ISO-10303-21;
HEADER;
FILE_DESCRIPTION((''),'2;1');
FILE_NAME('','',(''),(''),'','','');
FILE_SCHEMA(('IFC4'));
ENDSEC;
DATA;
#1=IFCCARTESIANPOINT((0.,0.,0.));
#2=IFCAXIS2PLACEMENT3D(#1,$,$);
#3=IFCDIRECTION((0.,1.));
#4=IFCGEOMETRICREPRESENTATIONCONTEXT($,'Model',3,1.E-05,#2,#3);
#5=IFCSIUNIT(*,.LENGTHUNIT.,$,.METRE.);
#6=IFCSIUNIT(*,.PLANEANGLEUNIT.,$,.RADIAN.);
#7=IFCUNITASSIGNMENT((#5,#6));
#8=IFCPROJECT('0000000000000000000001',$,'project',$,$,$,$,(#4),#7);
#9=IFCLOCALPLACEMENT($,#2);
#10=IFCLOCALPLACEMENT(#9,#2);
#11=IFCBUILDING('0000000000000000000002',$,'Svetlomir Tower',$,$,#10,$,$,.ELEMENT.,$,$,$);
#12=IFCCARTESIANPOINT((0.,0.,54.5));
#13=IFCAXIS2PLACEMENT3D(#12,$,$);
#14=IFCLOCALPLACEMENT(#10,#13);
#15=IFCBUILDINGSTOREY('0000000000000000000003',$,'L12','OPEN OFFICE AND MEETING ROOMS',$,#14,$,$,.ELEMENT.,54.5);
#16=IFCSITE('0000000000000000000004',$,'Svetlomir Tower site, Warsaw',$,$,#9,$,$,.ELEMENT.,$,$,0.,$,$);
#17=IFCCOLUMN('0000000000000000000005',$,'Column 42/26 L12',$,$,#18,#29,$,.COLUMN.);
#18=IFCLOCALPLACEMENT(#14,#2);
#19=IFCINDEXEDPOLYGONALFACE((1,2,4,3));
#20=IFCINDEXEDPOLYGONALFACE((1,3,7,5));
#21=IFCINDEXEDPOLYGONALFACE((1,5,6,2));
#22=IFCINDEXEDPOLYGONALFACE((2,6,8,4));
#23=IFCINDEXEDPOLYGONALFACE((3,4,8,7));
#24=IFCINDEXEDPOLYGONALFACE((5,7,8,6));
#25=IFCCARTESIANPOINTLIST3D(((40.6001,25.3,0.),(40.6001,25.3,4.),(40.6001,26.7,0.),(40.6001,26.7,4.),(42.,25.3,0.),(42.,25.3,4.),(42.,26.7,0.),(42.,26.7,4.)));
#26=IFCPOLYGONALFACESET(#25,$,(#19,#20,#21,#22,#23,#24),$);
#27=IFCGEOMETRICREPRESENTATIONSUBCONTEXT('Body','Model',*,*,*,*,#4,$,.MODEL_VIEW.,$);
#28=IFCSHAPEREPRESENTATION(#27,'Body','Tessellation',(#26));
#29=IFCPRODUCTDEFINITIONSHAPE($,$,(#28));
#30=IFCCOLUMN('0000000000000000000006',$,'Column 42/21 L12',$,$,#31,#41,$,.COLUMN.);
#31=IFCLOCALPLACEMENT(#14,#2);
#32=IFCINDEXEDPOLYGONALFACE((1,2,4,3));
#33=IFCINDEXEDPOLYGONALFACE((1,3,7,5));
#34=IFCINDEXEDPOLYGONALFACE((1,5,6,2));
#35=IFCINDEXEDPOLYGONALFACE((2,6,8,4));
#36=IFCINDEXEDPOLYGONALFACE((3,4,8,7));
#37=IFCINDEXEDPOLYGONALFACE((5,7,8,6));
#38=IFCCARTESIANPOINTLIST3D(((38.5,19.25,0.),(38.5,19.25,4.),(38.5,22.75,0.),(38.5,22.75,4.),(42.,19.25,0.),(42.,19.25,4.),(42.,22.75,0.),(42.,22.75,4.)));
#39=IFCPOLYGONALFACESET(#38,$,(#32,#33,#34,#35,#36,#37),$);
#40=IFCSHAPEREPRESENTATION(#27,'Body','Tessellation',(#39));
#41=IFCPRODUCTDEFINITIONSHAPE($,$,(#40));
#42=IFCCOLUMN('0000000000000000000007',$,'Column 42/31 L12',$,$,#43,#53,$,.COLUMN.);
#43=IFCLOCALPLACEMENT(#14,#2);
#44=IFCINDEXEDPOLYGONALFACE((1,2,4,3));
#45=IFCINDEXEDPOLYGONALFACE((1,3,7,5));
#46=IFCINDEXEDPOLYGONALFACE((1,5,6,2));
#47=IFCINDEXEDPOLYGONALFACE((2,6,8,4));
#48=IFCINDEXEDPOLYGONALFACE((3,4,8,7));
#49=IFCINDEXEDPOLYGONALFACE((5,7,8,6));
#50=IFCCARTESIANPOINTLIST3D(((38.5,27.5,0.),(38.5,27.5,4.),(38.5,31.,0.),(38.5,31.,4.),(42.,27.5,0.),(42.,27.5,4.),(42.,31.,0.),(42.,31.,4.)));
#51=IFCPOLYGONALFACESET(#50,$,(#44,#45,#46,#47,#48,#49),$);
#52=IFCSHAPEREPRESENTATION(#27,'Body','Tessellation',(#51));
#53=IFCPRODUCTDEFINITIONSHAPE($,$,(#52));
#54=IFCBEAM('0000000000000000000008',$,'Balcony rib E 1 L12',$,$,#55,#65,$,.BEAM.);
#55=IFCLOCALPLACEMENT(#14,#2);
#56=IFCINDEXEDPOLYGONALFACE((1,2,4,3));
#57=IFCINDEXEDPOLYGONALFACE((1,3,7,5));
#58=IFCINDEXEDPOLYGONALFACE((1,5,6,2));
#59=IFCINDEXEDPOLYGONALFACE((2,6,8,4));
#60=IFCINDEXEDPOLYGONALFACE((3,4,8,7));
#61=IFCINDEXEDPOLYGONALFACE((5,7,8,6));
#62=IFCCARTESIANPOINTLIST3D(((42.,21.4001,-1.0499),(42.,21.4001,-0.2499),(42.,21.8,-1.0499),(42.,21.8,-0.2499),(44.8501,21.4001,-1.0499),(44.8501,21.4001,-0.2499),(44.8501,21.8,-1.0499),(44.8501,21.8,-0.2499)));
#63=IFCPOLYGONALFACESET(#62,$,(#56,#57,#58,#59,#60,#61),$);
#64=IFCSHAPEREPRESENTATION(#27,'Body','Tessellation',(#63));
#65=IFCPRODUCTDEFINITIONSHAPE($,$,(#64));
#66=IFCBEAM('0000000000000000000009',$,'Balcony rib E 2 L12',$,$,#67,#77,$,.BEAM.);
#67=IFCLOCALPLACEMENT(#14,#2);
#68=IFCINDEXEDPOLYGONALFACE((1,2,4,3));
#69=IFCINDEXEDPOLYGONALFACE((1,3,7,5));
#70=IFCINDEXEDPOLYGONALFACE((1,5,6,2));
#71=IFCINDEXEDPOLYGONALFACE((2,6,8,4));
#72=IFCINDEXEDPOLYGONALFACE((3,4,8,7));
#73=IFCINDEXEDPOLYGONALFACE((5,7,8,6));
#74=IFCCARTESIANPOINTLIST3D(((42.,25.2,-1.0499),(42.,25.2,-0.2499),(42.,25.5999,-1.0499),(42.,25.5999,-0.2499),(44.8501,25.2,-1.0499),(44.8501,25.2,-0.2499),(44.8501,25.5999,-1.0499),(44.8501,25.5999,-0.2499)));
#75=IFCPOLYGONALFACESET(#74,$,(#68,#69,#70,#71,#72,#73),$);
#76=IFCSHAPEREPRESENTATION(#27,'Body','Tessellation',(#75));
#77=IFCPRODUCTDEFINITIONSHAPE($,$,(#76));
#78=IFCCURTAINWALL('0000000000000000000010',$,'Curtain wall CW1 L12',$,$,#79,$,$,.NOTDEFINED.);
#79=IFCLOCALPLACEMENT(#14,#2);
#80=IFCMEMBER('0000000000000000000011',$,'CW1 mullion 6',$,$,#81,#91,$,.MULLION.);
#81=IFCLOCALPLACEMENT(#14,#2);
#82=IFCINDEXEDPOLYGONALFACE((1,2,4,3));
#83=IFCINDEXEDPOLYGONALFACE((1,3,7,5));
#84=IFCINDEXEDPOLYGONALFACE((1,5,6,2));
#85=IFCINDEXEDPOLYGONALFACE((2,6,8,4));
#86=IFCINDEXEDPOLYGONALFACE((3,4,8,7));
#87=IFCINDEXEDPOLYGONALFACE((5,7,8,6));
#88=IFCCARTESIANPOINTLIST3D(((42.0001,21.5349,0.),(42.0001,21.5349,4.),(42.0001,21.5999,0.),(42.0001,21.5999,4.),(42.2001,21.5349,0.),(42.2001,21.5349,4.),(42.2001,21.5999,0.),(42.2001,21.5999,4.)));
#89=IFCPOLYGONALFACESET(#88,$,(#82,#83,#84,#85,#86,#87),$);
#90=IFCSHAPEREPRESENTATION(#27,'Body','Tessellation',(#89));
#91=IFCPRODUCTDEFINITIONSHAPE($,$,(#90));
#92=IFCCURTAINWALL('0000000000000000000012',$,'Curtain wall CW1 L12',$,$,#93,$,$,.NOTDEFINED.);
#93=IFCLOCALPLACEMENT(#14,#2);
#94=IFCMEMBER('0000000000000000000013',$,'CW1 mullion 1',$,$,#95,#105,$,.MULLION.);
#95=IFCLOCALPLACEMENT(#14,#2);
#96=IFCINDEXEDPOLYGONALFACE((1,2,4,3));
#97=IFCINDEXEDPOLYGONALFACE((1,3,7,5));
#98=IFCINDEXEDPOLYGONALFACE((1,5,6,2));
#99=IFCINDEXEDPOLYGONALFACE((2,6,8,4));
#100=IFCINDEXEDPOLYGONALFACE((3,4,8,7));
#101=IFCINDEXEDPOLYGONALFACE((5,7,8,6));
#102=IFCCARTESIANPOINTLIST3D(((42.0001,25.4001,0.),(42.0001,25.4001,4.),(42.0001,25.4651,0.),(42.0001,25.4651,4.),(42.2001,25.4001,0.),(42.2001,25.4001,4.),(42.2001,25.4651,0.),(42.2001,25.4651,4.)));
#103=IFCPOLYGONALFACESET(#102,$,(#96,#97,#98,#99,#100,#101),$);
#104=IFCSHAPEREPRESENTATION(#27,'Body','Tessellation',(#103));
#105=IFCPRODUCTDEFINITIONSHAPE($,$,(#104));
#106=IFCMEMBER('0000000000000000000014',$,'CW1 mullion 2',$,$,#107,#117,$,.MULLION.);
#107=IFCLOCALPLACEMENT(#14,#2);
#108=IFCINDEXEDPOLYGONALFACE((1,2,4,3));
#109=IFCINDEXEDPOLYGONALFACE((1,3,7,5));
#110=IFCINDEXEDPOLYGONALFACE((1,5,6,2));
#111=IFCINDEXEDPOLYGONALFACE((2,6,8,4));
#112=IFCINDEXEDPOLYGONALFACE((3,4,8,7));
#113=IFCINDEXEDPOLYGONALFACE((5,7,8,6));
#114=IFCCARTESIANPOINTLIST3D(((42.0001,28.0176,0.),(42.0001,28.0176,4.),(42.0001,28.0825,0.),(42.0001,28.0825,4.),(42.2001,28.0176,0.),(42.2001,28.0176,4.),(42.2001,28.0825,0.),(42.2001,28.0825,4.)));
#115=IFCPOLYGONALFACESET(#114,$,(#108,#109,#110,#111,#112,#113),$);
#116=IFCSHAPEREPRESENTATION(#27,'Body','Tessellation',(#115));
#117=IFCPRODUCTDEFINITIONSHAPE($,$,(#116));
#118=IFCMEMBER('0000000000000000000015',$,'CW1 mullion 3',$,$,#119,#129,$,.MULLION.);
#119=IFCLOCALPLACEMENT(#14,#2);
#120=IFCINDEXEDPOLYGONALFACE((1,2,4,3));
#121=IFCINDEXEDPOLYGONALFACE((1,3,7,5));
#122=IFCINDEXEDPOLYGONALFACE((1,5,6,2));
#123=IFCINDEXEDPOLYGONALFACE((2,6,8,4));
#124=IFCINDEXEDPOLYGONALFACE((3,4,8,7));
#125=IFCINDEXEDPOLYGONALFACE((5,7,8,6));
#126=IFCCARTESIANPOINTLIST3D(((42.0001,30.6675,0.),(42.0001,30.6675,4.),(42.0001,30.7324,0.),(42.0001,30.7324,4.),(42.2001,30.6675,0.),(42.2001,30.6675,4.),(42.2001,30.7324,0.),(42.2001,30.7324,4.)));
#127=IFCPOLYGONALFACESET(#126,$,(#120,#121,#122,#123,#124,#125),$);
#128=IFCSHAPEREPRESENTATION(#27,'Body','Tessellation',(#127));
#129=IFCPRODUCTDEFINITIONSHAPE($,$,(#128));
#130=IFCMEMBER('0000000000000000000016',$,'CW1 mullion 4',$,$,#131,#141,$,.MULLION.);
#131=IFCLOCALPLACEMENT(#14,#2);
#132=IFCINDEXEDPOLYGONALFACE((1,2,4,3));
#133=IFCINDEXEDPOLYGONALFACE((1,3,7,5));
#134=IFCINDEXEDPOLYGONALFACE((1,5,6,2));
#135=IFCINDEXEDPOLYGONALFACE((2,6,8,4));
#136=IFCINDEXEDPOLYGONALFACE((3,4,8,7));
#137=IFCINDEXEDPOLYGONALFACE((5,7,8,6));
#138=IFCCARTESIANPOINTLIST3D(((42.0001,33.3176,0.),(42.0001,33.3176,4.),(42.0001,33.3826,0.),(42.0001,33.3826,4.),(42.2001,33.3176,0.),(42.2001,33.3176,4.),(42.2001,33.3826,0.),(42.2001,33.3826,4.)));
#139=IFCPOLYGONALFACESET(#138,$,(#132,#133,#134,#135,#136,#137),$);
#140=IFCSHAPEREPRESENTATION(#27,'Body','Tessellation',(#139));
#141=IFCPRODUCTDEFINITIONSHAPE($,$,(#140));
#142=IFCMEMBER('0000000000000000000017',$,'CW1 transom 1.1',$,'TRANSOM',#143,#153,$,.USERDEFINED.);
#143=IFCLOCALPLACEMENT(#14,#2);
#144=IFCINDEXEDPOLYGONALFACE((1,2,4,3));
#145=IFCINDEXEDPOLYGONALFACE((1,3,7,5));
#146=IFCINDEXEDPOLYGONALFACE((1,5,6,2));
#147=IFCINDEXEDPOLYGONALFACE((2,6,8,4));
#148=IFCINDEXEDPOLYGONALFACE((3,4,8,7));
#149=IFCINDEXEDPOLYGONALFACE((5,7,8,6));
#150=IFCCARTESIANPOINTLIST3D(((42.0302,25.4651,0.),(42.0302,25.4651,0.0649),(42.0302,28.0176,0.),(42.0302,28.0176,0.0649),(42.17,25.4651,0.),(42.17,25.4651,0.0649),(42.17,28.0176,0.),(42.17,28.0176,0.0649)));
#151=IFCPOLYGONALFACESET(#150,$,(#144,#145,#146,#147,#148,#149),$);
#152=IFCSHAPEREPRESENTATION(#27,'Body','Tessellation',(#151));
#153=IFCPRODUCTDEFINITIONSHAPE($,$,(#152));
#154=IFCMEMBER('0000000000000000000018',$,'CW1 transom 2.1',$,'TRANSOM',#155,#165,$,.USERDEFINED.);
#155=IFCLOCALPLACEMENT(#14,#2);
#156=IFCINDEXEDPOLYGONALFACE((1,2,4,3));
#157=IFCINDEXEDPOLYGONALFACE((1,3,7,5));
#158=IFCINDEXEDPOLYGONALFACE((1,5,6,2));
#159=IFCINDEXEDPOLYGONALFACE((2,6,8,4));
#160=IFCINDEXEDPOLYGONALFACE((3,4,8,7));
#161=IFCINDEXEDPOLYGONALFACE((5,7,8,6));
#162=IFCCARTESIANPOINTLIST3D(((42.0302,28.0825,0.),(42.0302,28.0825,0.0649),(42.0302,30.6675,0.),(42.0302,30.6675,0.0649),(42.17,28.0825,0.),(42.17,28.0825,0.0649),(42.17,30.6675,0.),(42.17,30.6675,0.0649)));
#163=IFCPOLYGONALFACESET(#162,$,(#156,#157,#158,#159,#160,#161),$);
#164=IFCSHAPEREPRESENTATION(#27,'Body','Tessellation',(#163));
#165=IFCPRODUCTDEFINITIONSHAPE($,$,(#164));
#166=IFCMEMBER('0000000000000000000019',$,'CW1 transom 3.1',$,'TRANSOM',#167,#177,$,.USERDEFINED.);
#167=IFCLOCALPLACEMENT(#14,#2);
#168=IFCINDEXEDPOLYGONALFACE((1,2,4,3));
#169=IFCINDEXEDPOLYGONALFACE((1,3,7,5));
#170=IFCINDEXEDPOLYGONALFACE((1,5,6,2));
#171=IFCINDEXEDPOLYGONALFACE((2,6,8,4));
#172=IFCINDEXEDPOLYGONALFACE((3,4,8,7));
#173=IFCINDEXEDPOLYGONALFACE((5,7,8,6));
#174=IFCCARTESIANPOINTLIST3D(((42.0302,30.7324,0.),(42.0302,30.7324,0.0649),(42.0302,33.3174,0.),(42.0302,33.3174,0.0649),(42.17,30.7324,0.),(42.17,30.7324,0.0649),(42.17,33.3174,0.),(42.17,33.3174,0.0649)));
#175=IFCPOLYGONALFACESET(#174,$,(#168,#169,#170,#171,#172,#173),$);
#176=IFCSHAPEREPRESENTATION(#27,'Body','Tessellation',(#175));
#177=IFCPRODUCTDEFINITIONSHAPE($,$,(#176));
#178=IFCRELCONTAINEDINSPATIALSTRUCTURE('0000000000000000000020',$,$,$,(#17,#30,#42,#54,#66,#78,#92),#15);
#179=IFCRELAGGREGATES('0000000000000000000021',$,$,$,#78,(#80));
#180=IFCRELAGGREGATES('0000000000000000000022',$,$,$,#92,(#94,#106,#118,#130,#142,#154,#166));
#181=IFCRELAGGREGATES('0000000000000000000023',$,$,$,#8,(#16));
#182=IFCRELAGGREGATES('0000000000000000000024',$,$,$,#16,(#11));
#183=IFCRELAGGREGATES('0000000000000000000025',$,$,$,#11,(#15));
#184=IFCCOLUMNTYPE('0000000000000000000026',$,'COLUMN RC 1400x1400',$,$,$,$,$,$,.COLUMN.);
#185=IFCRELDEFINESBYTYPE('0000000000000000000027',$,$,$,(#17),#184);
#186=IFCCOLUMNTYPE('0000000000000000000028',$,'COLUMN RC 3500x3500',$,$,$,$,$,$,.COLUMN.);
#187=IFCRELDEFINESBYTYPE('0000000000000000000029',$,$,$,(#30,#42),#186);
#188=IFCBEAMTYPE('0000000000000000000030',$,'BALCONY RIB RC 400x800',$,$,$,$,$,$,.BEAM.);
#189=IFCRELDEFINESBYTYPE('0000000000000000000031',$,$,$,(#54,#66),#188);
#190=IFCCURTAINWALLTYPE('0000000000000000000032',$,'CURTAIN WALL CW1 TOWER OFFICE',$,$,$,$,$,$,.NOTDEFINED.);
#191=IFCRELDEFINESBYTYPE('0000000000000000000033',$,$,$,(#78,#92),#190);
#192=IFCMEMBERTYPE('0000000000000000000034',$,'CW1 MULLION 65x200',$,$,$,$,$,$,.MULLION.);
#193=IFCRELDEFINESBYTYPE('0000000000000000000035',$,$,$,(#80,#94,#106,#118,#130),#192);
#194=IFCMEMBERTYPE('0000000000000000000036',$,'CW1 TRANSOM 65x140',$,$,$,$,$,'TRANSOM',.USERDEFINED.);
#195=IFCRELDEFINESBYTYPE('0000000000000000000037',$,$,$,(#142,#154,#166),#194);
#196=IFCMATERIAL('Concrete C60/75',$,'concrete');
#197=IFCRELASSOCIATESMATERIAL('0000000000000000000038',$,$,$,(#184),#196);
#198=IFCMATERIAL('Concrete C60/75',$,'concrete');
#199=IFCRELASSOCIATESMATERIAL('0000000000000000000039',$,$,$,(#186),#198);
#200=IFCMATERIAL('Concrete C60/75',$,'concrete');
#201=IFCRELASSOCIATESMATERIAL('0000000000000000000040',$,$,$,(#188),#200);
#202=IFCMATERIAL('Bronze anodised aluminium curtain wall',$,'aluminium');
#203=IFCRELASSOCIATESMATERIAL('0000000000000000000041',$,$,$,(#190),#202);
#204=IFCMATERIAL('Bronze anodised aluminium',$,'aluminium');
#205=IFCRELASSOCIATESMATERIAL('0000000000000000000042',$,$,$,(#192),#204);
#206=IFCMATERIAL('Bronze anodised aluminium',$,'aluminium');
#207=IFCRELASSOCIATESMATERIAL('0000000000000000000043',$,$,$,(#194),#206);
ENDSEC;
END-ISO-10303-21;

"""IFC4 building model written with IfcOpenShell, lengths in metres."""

from ifc_helpers import new_model, si_unit, direction, frame, origin, origin_2d, place, context, subcontext, project, spatial, rectangle, extrude, material, material_profile, profile_set, type_object, element, aggregate, save


model = new_model("IFC4")

# Units and contexts
model_context = context("Model", 3, precision=1e-05, world=origin(), true_north=direction((0.0, 1.0)))
body_context = subcontext(model_context, "Body", "Model", "MODEL_VIEW")
ifc_project = project(units=[si_unit("LENGTHUNIT", "METRE"), si_unit("PLANEANGLEUNIT", "RADIAN")], contexts=[model_context])

# Site, building, storey
site_placement = place(None, origin())
site = spatial("IfcSite", under=ifc_project, at=site_placement, Name="Svetlomir Tower site, Warsaw", CompositionType="ELEMENT", RefElevation=0.0)
building_placement = place(site_placement, origin())
building = spatial("IfcBuilding", under=site, at=building_placement, Name="Svetlomir Tower", CompositionType="ELEMENT")
storey_placement = place(building_placement, frame((0.0, 0.0, 54.5)))
storey = spatial("IfcBuildingStorey", under=building, at=storey_placement, Name="L12", Description="OPEN OFFICE AND MEETING ROOMS", CompositionType="ELEMENT", Elevation=54.5)

# Columns
ifc_material_1 = material(Name="Concrete C60/75", Category="concrete")
ifc_material_profile_1 = material_profile(ifc_material_1, rectangle(XDim=1.3999, YDim=1.3999, at=origin_2d()), Name="RC 1400x1400")
ifc_profile_set_1 = profile_set([ifc_material_profile_1], Name="Concrete C60/75")
column_type_1 = type_object("IfcColumnType", Name="COLUMN RC 1400x1400", PredefinedType="COLUMN", material=ifc_profile_set_1)
column_placement = place(storey_placement, frame((41.3, 26.0, 0.0), z_axis=(0.0, 0.0, 1.0), x_axis=(1.0, 0.0, 0.0)))
element("IfcColumn", 1, at=column_placement, inside=storey, type_object=column_type_1, Name="Column 42/26 L12", PredefinedType="COLUMN", context=body_context, shape_type="SweptSolid", body=[
    extrude(rectangle(XDim=1.3999, YDim=1.3999, at=origin_2d()), origin(), (0.0, 0.0, 1.0), 4.0),
])
ifc_material_2 = material(Name="Concrete C60/75", Category="concrete")
ifc_material_profile_2 = material_profile(ifc_material_2, rectangle(XDim=3.5, YDim=3.5, at=origin_2d()), Name="RC 3500x3500")
ifc_profile_set_2 = profile_set([ifc_material_profile_2], Name="Concrete C60/75")
column_type_2 = type_object("IfcColumnType", Name="COLUMN RC 3500x3500", PredefinedType="COLUMN", material=ifc_profile_set_2)
for number, where, z_axis, x_axis, name in (
    (2, (40.25, 21.0, 0.0), (0.0, 0.0, 1.0), (1.0, 0.0, 0.0), "Column 42/21 L12"),
    (3, (40.25, 29.25, 0.0), (0.0, 0.0, 1.0), (1.0, 0.0, 0.0), "Column 42/31 L12"),
):
    element("IfcColumn", number, at=place(storey_placement, frame(where, z_axis=z_axis, x_axis=x_axis)), inside=storey, type_object=column_type_2, Name=name, PredefinedType="COLUMN", context=body_context, shape_type="SweptSolid", body=[
        extrude(rectangle(XDim=3.5, YDim=3.5, at=origin_2d()), origin(), (0.0, 0.0, 1.0), 4.0),
    ])

# Beams
ifc_material_3 = material(Name="Concrete C60/75", Category="concrete")
ifc_material_profile_3 = material_profile(ifc_material_3, rectangle(XDim=0.3999, YDim=0.8, at=origin_2d()), Name="RC 400x800")
ifc_profile_set_3 = profile_set([ifc_material_profile_3], Name="Concrete C60/75")
beam_type_1 = type_object("IfcBeamType", Name="BALCONY RIB RC 400x800", PredefinedType="BEAM", material=ifc_profile_set_3)
for number, where, z_axis, x_axis, name in (
    (4, (42.0, 21.6001, -0.6499), (1.0, 0.0, 0.0), (0.0, 1.0, 0.0), "Balcony rib E 1 L12"),
    (5, (42.0, 25.3999, -0.6499), (1.0, 0.0, 0.0), (0.0, 1.0, 0.0), "Balcony rib E 2 L12"),
):
    element("IfcBeam", number, at=place(storey_placement, frame(where, z_axis=z_axis, x_axis=x_axis)), inside=storey, type_object=beam_type_1, Name=name, PredefinedType="BEAM", context=body_context, shape_type="SweptSolid", body=[
        extrude(rectangle(XDim=0.3999, YDim=0.8, at=origin_2d()), origin(), (0.0, 0.0, 1.0), 2.8501),
    ])

# Curtain wall, member
ifc_material_4 = material(Name="Bronze anodised aluminium curtain wall", Category="aluminium")
curtain_wall_type = type_object("IfcCurtainWallType", Name="CURTAIN WALL CW1 TOWER OFFICE", PredefinedType="NOTDEFINED", material=ifc_material_4)
curtain_wall_1_placement = place(storey_placement, origin())
curtain_wall_1 = element("IfcCurtainWall", 6, at=curtain_wall_1_placement, inside=storey, type_object=curtain_wall_type, Name="Curtain wall CW1 L12", PredefinedType="NOTDEFINED")
ifc_material_5 = material(Name="Bronze anodised aluminium", Category="aluminium")
ifc_material_profile_4 = material_profile(ifc_material_5, rectangle(XDim=0.0649, YDim=0.2, at=origin_2d()), Name="AL 65x200")
ifc_profile_set_4 = profile_set([ifc_material_profile_4], Name="Bronze anodised aluminium 6063-T6")
member_type_1 = type_object("IfcMemberType", Name="CW1 MULLION 65x200", PredefinedType="MULLION", material=ifc_profile_set_4)
member_1_placement = place(storey_placement, frame((42.1001, 21.5674, 0.0), z_axis=(0.0, 0.0, 1.0), x_axis=(0.0, 1.0, 0.0)))
member_1 = element("IfcMember", 7, at=member_1_placement, type_object=member_type_1, Name="CW1 mullion 6", PredefinedType="MULLION", context=body_context, shape_type="SweptSolid", body=[
    extrude(rectangle(XDim=0.0649, YDim=0.2, at=origin_2d()), origin(), (0.0, 0.0, 1.0), 4.0),
])
aggregate(curtain_wall_1, [member_1])

# Curtain wall, members
curtain_wall_2_placement = place(storey_placement, origin())
curtain_wall_2 = element("IfcCurtainWall", 8, at=curtain_wall_2_placement, inside=storey, type_object=curtain_wall_type, Name="Curtain wall CW1 L12", PredefinedType="NOTDEFINED")
member_2_placement = place(storey_placement, frame((42.1001, 25.4326, 0.0), z_axis=(0.0, 0.0, 1.0), x_axis=(0.0, 1.0, 0.0)))
member_2 = element("IfcMember", 9, at=member_2_placement, type_object=member_type_1, Name="CW1 mullion 1", PredefinedType="MULLION", context=body_context, shape_type="SweptSolid", body=[
    extrude(rectangle(XDim=0.0649, YDim=0.2, at=origin_2d()), origin(), (0.0, 0.0, 1.0), 4.0),
])
member_3_placement = place(storey_placement, frame((42.1001, 28.05, 0.0), z_axis=(0.0, 0.0, 1.0), x_axis=(0.0, 1.0, 0.0)))
member_3 = element("IfcMember", 10, at=member_3_placement, type_object=member_type_1, Name="CW1 mullion 2", PredefinedType="MULLION", context=body_context, shape_type="SweptSolid", body=[
    extrude(rectangle(XDim=0.0649, YDim=0.2, at=origin_2d()), origin(), (0.0, 0.0, 1.0), 4.0),
])
member_4_placement = place(storey_placement, frame((42.1001, 30.7, 0.0), z_axis=(0.0, 0.0, 1.0), x_axis=(0.0, 1.0, 0.0)))
member_4 = element("IfcMember", 11, at=member_4_placement, type_object=member_type_1, Name="CW1 mullion 3", PredefinedType="MULLION", context=body_context, shape_type="SweptSolid", body=[
    extrude(rectangle(XDim=0.0649, YDim=0.2, at=origin_2d()), origin(), (0.0, 0.0, 1.0), 4.0),
])
member_5_placement = place(storey_placement, frame((42.1001, 33.3501, 0.0), z_axis=(0.0, 0.0, 1.0), x_axis=(0.0, 1.0, 0.0)))
member_5 = element("IfcMember", 12, at=member_5_placement, type_object=member_type_1, Name="CW1 mullion 4", PredefinedType="MULLION", context=body_context, shape_type="SweptSolid", body=[
    extrude(rectangle(XDim=0.0649, YDim=0.2, at=origin_2d()), origin(), (0.0, 0.0, 1.0), 4.0),
])
ifc_material_6 = material(Name="Bronze anodised aluminium", Category="aluminium")
ifc_material_profile_5 = material_profile(ifc_material_6, rectangle(XDim=0.1399, YDim=0.0649, at=origin_2d()), Name="AL 140x65")
ifc_profile_set_5 = profile_set([ifc_material_profile_5], Name="Bronze anodised aluminium 6063-T6")
member_type_2 = type_object("IfcMemberType", Name="CW1 TRANSOM 65x140", ElementType="TRANSOM", PredefinedType="USERDEFINED", material=ifc_profile_set_5)
member_6_placement = place(storey_placement, frame((42.1001, 25.4651, 0.0325), z_axis=(0.0, 1.0, 0.0), x_axis=(-1.0, 0.0, 0.0)))
member_6 = element("IfcMember", 13, at=member_6_placement, type_object=member_type_2, Name="CW1 transom 1.1", ObjectType="TRANSOM", PredefinedType="USERDEFINED", context=body_context, shape_type="SweptSolid", body=[
    extrude(rectangle(XDim=0.1399, YDim=0.0649, at=origin_2d()), origin(), (0.0, 0.0, 1.0), 2.5525),
])
member_7_placement = place(storey_placement, frame((42.1001, 28.0825, 0.0325), z_axis=(0.0, 1.0, 0.0), x_axis=(-1.0, 0.0, 0.0)))
member_7 = element("IfcMember", 14, at=member_7_placement, type_object=member_type_2, Name="CW1 transom 2.1", ObjectType="TRANSOM", PredefinedType="USERDEFINED", context=body_context, shape_type="SweptSolid", body=[
    extrude(rectangle(XDim=0.1399, YDim=0.0649, at=origin_2d()), origin(), (0.0, 0.0, 1.0), 2.585),
])
member_8_placement = place(storey_placement, frame((42.1001, 30.7324, 0.0325), z_axis=(0.0, 1.0, 0.0), x_axis=(-1.0, 0.0, 0.0)))
member_8 = element("IfcMember", 15, at=member_8_placement, type_object=member_type_2, Name="CW1 transom 3.1", ObjectType="TRANSOM", PredefinedType="USERDEFINED", context=body_context, shape_type="SweptSolid", body=[
    extrude(rectangle(XDim=0.1399, YDim=0.0649, at=origin_2d()), origin(), (0.0, 0.0, 1.0), 2.585),
])

aggregate(curtain_wall_2, [member_2, member_3, member_4, member_5, member_6, member_7, member_8])

save(model, "model.ifc")
